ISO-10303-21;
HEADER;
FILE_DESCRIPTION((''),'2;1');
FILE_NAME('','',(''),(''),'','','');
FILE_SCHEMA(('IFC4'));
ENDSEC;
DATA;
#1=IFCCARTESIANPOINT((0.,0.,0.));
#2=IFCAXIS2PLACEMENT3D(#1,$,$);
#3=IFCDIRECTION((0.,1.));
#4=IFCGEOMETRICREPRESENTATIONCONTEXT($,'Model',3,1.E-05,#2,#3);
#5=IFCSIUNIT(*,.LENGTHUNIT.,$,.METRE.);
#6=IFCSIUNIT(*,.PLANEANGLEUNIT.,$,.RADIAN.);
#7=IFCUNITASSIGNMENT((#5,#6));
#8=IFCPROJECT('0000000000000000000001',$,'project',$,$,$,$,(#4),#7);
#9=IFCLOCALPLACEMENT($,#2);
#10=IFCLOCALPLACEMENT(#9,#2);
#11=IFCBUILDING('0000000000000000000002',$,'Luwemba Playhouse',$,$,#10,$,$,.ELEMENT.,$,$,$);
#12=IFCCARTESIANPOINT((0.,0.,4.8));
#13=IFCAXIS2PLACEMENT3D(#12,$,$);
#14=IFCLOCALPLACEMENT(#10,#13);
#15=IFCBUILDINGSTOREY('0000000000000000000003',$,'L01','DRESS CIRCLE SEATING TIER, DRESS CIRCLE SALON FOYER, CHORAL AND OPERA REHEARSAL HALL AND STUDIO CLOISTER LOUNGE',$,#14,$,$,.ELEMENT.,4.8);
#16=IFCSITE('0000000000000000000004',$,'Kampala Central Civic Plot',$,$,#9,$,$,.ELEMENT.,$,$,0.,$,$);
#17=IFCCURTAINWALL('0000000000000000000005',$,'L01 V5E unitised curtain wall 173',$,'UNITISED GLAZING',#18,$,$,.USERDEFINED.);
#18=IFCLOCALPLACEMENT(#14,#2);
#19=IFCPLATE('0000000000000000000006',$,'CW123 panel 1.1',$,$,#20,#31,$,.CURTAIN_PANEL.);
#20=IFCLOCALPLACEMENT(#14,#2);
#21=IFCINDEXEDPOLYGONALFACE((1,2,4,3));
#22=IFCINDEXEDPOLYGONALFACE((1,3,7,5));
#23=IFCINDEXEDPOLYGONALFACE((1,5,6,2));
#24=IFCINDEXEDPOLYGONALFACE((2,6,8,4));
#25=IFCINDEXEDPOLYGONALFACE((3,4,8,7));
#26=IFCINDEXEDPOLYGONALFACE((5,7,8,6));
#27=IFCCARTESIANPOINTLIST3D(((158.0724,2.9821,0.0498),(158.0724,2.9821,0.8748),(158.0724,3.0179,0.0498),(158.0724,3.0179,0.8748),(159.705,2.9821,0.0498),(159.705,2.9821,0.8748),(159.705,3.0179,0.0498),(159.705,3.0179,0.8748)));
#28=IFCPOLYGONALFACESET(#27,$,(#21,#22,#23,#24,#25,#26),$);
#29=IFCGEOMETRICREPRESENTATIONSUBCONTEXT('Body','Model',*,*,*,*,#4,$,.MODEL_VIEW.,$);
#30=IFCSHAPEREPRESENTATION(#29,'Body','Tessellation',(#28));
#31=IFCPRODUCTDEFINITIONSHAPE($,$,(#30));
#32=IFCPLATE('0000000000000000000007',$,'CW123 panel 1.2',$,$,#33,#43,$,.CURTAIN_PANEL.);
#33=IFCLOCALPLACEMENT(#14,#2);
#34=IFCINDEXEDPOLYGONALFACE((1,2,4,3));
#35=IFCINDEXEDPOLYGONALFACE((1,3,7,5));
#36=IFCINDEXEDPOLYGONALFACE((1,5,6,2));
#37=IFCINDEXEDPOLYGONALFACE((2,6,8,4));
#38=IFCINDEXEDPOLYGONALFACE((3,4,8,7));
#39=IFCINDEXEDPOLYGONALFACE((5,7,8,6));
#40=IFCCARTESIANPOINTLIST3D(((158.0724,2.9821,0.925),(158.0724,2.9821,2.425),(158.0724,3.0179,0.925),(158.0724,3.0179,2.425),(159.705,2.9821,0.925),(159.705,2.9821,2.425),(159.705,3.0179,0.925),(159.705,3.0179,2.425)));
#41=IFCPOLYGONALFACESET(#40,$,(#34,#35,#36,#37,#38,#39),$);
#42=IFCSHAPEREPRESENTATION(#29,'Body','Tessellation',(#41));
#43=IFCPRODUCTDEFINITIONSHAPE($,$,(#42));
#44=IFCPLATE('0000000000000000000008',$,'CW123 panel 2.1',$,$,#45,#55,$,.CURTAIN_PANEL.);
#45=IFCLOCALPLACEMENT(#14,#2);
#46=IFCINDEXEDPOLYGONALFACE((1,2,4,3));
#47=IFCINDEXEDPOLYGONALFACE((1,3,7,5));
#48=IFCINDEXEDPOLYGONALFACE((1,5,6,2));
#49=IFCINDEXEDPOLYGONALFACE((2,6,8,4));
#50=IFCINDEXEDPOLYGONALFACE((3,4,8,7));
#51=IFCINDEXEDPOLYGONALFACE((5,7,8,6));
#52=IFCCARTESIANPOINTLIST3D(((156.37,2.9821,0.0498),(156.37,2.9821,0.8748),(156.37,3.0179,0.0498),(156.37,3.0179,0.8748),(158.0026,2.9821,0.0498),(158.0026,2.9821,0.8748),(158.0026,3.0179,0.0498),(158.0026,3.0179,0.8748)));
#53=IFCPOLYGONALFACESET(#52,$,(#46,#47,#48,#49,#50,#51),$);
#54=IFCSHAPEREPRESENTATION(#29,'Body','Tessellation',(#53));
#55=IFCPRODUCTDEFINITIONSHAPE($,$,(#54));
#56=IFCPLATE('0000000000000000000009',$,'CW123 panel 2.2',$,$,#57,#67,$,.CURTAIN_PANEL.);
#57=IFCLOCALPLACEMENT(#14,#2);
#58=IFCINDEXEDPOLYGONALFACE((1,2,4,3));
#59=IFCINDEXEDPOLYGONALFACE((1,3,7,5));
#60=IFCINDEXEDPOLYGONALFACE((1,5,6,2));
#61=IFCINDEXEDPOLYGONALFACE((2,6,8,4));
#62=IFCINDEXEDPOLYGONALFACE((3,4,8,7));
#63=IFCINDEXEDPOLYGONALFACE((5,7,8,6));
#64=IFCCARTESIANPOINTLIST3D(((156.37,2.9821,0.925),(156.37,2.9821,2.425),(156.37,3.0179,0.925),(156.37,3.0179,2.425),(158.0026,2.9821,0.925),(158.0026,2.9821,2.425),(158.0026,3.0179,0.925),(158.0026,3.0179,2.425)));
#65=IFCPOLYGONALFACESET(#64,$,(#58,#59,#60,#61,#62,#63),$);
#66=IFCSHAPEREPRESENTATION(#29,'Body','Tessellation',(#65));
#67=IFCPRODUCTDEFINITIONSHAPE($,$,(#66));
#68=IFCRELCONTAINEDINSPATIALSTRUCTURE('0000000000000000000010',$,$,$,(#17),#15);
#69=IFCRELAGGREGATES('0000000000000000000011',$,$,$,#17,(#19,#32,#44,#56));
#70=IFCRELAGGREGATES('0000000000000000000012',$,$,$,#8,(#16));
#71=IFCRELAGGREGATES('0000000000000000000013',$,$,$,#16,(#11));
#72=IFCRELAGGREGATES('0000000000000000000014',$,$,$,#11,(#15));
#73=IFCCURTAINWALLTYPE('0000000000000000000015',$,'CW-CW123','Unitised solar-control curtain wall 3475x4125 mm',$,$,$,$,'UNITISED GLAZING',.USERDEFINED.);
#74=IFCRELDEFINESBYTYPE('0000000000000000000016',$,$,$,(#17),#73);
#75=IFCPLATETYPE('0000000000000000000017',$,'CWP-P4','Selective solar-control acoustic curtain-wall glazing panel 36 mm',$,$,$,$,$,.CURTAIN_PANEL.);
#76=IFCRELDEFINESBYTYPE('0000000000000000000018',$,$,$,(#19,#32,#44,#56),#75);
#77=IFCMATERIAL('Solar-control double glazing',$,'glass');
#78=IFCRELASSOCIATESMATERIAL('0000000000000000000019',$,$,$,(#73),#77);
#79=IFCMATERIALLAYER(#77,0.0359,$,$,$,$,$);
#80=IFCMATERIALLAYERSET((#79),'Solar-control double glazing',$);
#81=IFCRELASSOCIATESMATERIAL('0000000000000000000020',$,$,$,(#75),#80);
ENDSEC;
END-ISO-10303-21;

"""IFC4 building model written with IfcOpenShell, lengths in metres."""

from ifc_helpers import new_model, si_unit, direction, frame, origin, origin_2d, place, context, subcontext, project, spatial, rectangle, extrude, material, layer, layer_set, type_object, element, aggregate, save


model = new_model("IFC4")

# Units and contexts
model_context = context("Model", 3, precision=1e-05, world=origin(), true_north=direction((0.0, 1.0)))
body_context = subcontext(model_context, "Body", "Model", "MODEL_VIEW")
ifc_project = project(units=[si_unit("LENGTHUNIT", "METRE"), si_unit("PLANEANGLEUNIT", "RADIAN")], contexts=[model_context])

# Site, building, storey
site_placement = place(None, origin())
site = spatial("IfcSite", under=ifc_project, at=site_placement, Name="Kampala Central Civic Plot", CompositionType="ELEMENT", RefElevation=0.0)
building_placement = place(site_placement, origin())
building = spatial("IfcBuilding", under=site, at=building_placement, Name="Luwemba Playhouse", CompositionType="ELEMENT")
storey_placement = place(building_placement, frame((0.0, 0.0, 4.8)))
storey = spatial("IfcBuildingStorey", under=building, at=storey_placement, Name="L01", Description="DRESS CIRCLE SEATING TIER, DRESS CIRCLE SALON FOYER, CHORAL AND OPERA REHEARSAL HALL AND STUDIO CLOISTER LOUNGE", CompositionType="ELEMENT", Elevation=4.8)

# Shared definitions
ifc_material_1 = material(Name="Solar-control double glazing", Category="glass")

# Curtain wall
curtain_wall_type_1 = type_object("IfcCurtainWallType", Name="CW-CW123", Description="Unitised solar-control curtain wall 3475x4125 mm", ElementType="UNITISED GLAZING", PredefinedType="USERDEFINED", material=ifc_material_1)
curtain_wall_1_placement = place(storey_placement, origin())
curtain_wall_1 = element("IfcCurtainWall", 1, at=curtain_wall_1_placement, inside=storey, type_object=curtain_wall_type_1, Name="L01 V5E unitised curtain wall 173", ObjectType="UNITISED GLAZING", PredefinedType="USERDEFINED")

# Plates
ifc_layer_1 = layer(ifc_material_1, 0.0359)
ifc_layer_set_1 = layer_set([ifc_layer_1], Name="Solar-control double glazing")
plate_type_1 = type_object("IfcPlateType", Name="CWP-P4", Description="Selective solar-control acoustic curtain-wall glazing panel 36 mm", PredefinedType="CURTAIN_PANEL", material=ifc_layer_set_1)
plate_1_placement = place(storey_placement, frame((158.8887, 3.0, 0.0498), z_axis=(0.0, 0.0, 1.0), x_axis=(-1.0, 0.0, 0.0)))
plate_1 = element("IfcPlate", 2, at=plate_1_placement, type_object=plate_type_1, Name="CW123 panel 1.1", PredefinedType="CURTAIN_PANEL", context=body_context, shape_type="SweptSolid", body=[
    extrude(rectangle(XDim=1.6326, YDim=0.0359, at=origin_2d()), origin(), (0.0, 0.0, 1.0), 0.825),
])
plate_2_placement = place(storey_placement, frame((158.8887, 3.0, 0.925), z_axis=(0.0, 0.0, 1.0), x_axis=(-1.0, 0.0, 0.0)))
plate_2 = element("IfcPlate", 3, at=plate_2_placement, type_object=plate_type_1, Name="CW123 panel 1.2", PredefinedType="CURTAIN_PANEL", context=body_context, shape_type="SweptSolid", body=[
    extrude(rectangle(XDim=1.6326, YDim=0.0359, at=origin_2d()), origin(), (0.0, 0.0, 1.0), 1.5),
])
plate_3_placement = place(storey_placement, frame((157.1863, 3.0, 0.0498), z_axis=(0.0, 0.0, 1.0), x_axis=(-1.0, 0.0, 0.0)))
plate_3 = element("IfcPlate", 4, at=plate_3_placement, type_object=plate_type_1, Name="CW123 panel 2.1", PredefinedType="CURTAIN_PANEL", context=body_context, shape_type="SweptSolid", body=[
    extrude(rectangle(XDim=1.6326, YDim=0.0359, at=origin_2d()), origin(), (0.0, 0.0, 1.0), 0.825),
])
plate_4_placement = place(storey_placement, frame((157.1863, 3.0, 0.925), z_axis=(0.0, 0.0, 1.0), x_axis=(-1.0, 0.0, 0.0)))
plate_4 = element("IfcPlate", 5, at=plate_4_placement, type_object=plate_type_1, Name="CW123 panel 2.2", PredefinedType="CURTAIN_PANEL", context=body_context, shape_type="SweptSolid", body=[
    extrude(rectangle(XDim=1.6326, YDim=0.0359, at=origin_2d()), origin(), (0.0, 0.0, 1.0), 1.5),
])
aggregate(curtain_wall_1, [plate_1, plate_2, plate_3, plate_4])

save(model, "model.ifc")
